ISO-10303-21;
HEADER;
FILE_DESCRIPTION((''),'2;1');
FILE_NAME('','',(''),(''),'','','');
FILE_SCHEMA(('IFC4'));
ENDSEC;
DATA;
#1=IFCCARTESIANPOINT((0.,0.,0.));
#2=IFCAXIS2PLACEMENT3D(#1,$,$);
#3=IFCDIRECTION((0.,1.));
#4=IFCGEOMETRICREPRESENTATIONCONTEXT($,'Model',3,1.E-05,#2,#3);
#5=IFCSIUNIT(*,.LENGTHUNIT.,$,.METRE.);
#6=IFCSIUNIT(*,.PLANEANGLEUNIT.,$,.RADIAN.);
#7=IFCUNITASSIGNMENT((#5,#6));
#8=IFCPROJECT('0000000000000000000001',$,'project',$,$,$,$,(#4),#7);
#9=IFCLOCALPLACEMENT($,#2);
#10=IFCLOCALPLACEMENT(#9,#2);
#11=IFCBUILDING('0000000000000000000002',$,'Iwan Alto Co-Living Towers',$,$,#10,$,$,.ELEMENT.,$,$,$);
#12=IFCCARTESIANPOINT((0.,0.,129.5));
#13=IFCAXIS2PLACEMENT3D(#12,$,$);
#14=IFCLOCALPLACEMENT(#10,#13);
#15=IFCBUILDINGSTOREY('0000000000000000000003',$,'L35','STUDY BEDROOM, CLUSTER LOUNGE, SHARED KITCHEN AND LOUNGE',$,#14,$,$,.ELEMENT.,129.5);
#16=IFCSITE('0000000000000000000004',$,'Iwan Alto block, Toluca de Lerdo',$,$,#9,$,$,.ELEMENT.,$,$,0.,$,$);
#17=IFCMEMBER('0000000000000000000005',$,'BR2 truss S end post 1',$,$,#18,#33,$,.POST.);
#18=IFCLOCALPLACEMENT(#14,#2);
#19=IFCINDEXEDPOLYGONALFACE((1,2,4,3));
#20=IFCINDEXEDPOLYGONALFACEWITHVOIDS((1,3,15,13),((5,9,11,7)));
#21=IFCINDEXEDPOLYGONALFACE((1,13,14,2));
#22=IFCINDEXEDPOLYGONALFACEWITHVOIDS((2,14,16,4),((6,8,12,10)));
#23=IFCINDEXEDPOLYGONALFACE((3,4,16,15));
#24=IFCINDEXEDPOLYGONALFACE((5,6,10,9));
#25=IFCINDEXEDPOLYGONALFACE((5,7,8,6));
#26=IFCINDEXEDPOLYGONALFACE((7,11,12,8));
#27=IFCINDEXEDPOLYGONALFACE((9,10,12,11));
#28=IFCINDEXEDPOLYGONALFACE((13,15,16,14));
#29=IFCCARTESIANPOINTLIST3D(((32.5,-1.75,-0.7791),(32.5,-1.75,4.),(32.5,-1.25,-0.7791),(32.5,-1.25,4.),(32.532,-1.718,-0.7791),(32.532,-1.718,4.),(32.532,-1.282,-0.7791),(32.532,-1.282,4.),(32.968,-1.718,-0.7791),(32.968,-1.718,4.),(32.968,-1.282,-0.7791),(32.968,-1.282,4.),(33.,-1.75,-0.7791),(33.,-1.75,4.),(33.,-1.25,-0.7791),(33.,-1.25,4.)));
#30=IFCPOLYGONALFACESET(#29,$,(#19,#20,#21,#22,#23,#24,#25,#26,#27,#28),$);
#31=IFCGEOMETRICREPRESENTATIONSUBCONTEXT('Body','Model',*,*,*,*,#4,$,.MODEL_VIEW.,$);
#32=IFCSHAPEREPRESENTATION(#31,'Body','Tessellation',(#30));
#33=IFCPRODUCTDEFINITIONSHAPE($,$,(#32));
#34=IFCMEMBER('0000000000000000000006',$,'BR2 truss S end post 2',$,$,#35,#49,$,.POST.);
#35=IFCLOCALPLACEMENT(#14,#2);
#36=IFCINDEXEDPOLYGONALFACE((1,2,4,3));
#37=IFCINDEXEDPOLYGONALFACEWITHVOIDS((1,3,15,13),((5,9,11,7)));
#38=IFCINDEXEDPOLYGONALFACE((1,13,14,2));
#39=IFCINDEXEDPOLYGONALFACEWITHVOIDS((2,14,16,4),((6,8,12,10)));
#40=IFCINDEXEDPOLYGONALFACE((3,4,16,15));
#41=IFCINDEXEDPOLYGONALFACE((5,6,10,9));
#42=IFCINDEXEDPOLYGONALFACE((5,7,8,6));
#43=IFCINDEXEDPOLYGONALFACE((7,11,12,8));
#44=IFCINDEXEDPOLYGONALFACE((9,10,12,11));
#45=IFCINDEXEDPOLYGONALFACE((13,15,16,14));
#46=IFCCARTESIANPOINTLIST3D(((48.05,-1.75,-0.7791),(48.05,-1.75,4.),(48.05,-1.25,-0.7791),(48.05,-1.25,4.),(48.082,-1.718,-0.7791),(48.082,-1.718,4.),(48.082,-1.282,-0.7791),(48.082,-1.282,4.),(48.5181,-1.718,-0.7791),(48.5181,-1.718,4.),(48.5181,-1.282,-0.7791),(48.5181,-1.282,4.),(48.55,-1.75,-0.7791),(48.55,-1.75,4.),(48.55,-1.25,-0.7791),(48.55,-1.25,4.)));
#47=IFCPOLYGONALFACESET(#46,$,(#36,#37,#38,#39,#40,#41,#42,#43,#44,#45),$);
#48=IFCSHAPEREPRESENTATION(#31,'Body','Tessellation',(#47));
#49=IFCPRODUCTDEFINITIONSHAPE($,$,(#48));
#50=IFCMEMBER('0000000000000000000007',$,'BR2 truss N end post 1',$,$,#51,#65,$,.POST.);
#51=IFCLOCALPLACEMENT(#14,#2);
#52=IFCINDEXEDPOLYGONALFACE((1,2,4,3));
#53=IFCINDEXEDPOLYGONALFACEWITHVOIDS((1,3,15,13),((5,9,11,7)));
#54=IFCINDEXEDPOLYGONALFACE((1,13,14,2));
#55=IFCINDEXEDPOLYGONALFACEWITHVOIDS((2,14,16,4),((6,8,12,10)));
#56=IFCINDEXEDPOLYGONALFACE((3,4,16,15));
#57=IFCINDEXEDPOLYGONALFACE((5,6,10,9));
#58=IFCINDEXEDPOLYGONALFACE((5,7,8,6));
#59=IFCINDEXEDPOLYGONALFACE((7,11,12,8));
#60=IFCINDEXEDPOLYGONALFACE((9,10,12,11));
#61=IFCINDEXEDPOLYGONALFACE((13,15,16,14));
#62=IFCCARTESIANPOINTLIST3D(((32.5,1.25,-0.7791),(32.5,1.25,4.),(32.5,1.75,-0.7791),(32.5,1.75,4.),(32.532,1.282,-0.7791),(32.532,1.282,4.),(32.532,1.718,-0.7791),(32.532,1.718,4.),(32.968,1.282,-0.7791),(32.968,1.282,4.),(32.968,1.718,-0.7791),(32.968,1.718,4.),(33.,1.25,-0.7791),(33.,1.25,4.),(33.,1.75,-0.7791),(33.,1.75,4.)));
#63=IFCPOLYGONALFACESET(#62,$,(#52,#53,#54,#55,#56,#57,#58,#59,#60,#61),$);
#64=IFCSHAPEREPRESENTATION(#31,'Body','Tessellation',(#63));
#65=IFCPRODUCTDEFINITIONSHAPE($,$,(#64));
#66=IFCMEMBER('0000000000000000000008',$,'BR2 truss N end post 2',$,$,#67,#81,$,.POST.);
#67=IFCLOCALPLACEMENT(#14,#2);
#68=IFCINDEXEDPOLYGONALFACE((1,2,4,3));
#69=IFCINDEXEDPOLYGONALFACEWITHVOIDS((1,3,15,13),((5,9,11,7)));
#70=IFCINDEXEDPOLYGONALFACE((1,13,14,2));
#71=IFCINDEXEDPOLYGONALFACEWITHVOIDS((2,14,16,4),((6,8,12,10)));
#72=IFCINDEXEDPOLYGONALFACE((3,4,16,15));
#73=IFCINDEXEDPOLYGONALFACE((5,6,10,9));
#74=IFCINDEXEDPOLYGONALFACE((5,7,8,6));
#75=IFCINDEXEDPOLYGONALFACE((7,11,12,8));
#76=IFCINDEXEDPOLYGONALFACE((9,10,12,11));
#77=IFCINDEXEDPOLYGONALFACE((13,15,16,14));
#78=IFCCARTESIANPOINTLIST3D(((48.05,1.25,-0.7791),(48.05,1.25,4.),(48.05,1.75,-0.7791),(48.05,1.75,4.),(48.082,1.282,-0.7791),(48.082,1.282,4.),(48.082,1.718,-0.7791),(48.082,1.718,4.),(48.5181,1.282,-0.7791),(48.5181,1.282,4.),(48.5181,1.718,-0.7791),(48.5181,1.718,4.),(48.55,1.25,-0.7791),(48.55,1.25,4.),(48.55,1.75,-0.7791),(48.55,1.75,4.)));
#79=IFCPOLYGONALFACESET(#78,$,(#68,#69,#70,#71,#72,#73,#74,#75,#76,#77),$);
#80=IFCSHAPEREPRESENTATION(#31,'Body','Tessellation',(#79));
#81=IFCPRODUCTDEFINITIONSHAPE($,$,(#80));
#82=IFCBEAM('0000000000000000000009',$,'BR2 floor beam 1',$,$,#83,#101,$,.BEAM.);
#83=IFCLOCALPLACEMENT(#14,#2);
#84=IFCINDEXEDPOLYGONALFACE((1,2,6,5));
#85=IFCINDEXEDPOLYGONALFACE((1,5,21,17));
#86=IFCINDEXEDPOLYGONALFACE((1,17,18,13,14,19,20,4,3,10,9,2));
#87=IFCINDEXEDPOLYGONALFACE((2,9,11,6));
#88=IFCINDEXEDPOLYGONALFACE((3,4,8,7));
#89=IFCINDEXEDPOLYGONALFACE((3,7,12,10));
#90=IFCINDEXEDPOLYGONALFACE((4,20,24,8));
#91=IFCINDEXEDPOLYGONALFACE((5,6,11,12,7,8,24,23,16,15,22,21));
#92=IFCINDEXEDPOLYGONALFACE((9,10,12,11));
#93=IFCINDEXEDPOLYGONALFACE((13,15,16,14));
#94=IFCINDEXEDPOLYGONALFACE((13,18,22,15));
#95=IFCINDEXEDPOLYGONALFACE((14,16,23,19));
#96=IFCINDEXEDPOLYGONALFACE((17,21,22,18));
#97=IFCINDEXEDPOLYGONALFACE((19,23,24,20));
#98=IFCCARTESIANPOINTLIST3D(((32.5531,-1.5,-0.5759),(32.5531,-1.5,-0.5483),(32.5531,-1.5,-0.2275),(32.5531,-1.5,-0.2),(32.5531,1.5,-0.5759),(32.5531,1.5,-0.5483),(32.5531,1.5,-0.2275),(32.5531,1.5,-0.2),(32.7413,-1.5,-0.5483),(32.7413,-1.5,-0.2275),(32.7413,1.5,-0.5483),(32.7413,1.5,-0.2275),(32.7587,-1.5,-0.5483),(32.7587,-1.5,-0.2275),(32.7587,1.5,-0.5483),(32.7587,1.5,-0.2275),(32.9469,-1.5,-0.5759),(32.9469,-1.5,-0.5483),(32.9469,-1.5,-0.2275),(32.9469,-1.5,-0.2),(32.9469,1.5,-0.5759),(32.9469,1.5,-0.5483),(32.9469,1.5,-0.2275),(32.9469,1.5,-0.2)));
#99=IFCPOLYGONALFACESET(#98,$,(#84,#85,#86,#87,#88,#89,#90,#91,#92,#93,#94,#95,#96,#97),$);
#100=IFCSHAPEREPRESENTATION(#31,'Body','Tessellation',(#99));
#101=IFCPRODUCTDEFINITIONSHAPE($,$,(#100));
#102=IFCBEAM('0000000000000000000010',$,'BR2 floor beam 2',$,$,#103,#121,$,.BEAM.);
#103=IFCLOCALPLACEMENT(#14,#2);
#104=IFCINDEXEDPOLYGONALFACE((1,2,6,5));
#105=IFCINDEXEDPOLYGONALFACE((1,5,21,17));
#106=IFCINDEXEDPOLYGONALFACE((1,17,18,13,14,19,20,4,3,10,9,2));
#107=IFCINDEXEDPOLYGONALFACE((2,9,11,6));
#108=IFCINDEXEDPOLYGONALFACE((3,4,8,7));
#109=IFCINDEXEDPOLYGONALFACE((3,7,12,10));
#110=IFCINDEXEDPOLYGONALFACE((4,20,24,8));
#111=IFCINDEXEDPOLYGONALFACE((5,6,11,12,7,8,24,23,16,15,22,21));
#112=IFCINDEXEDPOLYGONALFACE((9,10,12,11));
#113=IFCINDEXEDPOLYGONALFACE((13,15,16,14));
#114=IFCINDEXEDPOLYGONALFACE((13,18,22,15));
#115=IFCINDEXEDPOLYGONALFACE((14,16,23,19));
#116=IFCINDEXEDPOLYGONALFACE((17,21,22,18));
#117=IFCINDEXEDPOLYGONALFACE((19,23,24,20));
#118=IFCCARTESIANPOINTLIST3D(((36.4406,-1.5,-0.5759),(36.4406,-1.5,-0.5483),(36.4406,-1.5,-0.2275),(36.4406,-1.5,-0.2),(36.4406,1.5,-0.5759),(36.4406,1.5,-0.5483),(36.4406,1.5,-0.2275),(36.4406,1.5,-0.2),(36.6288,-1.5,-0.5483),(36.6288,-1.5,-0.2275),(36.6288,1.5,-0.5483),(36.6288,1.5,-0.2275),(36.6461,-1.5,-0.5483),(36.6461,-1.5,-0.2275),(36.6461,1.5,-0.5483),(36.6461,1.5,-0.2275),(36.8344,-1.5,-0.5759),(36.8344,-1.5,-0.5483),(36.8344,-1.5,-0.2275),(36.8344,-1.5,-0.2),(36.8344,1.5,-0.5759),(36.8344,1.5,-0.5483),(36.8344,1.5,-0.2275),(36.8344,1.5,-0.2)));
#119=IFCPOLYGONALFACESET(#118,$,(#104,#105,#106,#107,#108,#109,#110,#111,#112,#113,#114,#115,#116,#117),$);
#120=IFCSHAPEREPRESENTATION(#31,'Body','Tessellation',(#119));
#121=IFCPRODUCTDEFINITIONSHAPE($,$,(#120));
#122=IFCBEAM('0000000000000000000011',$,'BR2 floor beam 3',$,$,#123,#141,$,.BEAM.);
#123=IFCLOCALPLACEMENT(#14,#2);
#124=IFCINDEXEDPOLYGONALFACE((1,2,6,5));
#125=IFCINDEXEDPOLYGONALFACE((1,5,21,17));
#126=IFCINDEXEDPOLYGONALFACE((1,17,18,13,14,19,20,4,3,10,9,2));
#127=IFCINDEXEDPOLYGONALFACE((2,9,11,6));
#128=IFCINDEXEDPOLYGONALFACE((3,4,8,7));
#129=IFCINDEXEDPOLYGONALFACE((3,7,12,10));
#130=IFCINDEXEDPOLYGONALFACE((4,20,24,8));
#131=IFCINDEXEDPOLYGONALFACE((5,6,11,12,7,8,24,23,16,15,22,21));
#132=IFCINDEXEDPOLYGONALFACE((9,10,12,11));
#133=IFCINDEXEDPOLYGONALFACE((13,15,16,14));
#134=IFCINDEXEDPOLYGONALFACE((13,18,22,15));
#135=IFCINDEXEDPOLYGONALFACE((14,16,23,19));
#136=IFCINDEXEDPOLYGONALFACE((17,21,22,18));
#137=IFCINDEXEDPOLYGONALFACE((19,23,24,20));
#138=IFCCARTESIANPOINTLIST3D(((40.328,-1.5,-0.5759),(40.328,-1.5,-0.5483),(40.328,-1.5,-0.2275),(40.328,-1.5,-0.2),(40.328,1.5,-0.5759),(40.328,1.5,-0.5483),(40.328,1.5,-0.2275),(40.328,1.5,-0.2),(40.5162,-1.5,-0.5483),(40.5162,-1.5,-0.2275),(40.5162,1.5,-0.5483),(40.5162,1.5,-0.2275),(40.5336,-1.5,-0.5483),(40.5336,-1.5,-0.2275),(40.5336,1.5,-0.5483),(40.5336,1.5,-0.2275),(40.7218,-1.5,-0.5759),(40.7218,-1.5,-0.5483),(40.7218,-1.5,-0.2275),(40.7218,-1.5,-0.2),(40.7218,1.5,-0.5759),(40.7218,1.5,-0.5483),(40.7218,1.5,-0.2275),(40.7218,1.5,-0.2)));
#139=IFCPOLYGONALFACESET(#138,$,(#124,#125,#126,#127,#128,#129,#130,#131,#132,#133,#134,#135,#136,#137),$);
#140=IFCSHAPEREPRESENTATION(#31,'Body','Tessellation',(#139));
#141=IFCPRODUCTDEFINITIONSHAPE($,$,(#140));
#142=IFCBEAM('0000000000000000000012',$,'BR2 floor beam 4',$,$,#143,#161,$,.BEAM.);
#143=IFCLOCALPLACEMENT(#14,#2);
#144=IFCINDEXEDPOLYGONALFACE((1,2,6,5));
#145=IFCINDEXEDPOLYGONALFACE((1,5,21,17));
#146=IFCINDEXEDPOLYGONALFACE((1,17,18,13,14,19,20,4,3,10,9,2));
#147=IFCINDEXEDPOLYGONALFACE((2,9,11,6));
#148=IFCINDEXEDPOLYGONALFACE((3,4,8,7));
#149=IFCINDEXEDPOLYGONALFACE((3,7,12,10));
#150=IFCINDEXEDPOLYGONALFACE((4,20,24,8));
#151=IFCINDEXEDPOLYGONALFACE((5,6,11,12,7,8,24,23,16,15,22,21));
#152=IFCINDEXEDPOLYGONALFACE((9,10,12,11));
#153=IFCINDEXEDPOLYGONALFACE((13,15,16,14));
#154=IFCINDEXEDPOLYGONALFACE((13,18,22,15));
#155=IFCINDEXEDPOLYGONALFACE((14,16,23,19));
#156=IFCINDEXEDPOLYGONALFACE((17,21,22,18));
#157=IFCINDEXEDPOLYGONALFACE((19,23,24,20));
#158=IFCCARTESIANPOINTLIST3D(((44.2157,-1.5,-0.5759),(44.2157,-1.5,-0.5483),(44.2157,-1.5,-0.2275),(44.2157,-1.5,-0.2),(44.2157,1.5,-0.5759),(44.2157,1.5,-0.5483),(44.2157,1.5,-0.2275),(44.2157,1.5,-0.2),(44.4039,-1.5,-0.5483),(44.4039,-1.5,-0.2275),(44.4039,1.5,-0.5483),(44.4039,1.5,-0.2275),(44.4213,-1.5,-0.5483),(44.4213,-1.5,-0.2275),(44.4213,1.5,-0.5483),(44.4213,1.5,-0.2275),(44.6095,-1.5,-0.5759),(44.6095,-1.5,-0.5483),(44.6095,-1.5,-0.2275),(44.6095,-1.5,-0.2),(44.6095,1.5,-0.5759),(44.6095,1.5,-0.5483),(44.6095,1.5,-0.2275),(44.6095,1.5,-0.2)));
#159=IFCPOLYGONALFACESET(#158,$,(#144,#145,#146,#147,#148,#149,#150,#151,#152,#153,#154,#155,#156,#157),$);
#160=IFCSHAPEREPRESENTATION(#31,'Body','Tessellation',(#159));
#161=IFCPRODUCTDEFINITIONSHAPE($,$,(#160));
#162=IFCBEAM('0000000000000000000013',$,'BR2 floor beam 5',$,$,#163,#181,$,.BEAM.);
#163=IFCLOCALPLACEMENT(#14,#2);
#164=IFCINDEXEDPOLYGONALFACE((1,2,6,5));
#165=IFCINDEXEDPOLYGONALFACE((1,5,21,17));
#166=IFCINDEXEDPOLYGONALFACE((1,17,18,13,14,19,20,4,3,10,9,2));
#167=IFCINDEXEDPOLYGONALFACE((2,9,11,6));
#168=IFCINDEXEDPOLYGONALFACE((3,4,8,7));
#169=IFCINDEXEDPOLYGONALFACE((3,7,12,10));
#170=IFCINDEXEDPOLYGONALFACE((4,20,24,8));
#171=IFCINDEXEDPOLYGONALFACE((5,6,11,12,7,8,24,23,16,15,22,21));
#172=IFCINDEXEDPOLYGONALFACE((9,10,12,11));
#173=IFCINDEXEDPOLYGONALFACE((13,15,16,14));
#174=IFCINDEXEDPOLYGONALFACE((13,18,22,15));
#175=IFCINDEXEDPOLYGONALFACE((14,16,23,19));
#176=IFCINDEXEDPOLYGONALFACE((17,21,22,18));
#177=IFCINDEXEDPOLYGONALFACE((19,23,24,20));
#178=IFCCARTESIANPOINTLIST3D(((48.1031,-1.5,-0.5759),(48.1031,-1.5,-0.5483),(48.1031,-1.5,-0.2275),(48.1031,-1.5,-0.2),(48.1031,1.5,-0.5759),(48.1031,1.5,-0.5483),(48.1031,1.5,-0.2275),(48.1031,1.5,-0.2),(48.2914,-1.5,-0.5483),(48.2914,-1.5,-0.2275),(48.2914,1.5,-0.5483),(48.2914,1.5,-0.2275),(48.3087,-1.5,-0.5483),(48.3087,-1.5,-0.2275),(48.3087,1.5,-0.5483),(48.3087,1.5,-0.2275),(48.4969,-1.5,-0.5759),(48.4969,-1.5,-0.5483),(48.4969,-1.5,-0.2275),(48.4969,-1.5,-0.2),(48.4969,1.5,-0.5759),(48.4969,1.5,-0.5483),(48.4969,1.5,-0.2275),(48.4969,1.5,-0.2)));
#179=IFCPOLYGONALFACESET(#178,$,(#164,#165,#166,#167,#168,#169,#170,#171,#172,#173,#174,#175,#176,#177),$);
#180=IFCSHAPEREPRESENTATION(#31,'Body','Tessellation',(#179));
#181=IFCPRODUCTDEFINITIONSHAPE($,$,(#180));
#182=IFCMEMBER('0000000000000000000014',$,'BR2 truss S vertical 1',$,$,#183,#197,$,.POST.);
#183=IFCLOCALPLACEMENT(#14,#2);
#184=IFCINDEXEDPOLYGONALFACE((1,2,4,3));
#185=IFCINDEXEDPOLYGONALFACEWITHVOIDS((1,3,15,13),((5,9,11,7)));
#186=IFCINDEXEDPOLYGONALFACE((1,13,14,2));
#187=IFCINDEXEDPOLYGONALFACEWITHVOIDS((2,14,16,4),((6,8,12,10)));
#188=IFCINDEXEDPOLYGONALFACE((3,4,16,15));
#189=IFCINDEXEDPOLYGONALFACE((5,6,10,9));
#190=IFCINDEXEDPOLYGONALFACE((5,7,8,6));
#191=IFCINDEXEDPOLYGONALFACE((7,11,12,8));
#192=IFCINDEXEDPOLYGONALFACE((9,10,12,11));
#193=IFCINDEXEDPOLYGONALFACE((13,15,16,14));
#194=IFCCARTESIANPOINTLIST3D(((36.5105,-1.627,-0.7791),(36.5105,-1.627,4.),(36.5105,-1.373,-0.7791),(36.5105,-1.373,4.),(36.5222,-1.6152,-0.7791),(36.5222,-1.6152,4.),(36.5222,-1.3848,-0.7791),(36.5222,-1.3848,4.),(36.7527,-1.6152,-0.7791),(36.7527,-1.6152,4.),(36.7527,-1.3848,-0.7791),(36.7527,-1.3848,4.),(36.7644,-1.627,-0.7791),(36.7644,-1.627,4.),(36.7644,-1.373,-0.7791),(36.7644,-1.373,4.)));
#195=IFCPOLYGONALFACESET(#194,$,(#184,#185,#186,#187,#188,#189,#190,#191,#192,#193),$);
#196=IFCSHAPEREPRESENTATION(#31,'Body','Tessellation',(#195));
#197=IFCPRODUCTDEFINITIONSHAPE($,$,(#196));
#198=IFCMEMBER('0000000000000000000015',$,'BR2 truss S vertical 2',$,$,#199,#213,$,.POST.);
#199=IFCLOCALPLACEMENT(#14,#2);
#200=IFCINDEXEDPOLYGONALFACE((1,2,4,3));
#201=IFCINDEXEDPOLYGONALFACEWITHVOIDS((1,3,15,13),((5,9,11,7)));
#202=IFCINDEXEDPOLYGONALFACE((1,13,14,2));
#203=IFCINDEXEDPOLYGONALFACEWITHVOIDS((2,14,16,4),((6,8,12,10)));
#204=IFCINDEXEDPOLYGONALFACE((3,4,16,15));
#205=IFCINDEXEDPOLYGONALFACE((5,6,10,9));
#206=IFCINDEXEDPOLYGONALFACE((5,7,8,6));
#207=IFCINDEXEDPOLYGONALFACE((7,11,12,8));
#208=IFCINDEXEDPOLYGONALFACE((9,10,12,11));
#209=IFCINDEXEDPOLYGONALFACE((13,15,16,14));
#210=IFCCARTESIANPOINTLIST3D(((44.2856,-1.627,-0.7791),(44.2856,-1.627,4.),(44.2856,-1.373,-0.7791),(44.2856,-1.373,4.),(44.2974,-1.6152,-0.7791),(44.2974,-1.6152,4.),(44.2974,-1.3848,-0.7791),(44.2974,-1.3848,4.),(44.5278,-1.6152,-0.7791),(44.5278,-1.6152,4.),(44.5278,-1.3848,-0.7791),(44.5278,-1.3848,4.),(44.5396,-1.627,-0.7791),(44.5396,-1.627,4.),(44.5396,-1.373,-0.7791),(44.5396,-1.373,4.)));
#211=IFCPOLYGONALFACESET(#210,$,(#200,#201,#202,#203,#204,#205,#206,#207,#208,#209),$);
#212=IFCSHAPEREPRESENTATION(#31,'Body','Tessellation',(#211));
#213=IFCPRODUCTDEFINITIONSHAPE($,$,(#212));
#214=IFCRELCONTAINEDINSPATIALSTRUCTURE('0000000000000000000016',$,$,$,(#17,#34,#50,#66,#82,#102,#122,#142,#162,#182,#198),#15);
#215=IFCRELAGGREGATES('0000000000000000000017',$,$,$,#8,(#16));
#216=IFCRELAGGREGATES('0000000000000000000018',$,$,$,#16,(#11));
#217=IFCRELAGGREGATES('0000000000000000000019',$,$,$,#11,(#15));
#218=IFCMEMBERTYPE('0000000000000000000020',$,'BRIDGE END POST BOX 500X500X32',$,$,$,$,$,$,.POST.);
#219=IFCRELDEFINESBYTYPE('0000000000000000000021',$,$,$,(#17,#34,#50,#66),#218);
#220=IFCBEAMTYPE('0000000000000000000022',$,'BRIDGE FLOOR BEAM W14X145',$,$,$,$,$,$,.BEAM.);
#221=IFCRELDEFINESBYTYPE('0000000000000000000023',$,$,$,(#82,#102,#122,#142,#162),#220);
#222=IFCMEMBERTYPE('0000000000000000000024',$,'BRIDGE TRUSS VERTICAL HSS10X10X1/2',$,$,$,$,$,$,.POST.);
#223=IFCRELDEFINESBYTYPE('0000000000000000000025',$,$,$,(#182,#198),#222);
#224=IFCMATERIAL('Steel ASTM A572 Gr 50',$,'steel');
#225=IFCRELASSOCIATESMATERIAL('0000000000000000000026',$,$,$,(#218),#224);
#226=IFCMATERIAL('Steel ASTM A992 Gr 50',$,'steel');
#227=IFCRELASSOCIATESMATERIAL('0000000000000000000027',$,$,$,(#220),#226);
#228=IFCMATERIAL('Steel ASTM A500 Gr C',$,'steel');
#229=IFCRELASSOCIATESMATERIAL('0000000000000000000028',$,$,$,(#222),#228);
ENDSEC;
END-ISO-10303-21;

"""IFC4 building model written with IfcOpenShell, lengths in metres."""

from ifc_helpers import new_model, si_unit, direction, frame, origin, origin_2d, place, context, subcontext, project, spatial, hollow_rectangle, i_section, extrude, material, material_profile, profile_set, type_object, element, save


model = new_model("IFC4")

# Units and contexts
model_context = context("Model", 3, precision=1e-05, world=origin(), true_north=direction((0.0, 1.0)))
body_context = subcontext(model_context, "Body", "Model", "MODEL_VIEW")
ifc_project = project(units=[si_unit("LENGTHUNIT", "METRE"), si_unit("PLANEANGLEUNIT", "RADIAN")], contexts=[model_context])

# Site, building, storey
site_placement = place(None, origin())
site = spatial("IfcSite", under=ifc_project, at=site_placement, Name="Iwan Alto block, Toluca de Lerdo", CompositionType="ELEMENT", RefElevation=0.0)
building_placement = place(site_placement, origin())
building = spatial("IfcBuilding", under=site, at=building_placement, Name="Iwan Alto Co-Living Towers", CompositionType="ELEMENT")
storey_placement = place(building_placement, frame((0.0, 0.0, 129.5)))
storey = spatial("IfcBuildingStorey", under=building, at=storey_placement, Name="L35", Description="STUDY BEDROOM, CLUSTER LOUNGE, SHARED KITCHEN AND LOUNGE", CompositionType="ELEMENT", Elevation=129.5)

# Members
ifc_material_1 = material(Name="Steel ASTM A572 Gr 50", Category="steel")
ifc_material_profile_1 = material_profile(ifc_material_1, hollow_rectangle(XDim=0.5, YDim=0.5, WallThickness=0.032, at=origin_2d()), Name="BOX 500X500X32")
ifc_profile_set_1 = profile_set([ifc_material_profile_1], Name="Steel ASTM A572 Gr 50")
member_type_1 = type_object("IfcMemberType", Name="BRIDGE END POST BOX 500X500X32", PredefinedType="POST", material=ifc_profile_set_1)
for number, where, z_axis, x_axis, name in (
    (1, (32.75, -1.5, -0.7791), (0.0, 0.0, 1.0), (1.0, 0.0, 0.0), "BR2 truss S end post 1"),
    (2, (48.3, -1.5, -0.7791), (0.0, 0.0, 1.0), (1.0, 0.0, 0.0), "BR2 truss S end post 2"),
    (3, (32.75, 1.5, -0.7791), (0.0, 0.0, 1.0), (1.0, 0.0, 0.0), "BR2 truss N end post 1"),
    (4, (48.3, 1.5, -0.7791), (0.0, 0.0, 1.0), (1.0, 0.0, 0.0), "BR2 truss N end post 2"),
):
    element("IfcMember", number, at=place(storey_placement, frame(where, z_axis=z_axis, x_axis=x_axis)), inside=storey, type_object=member_type_1, Name=name, PredefinedType="POST", context=body_context, shape_type="SweptSolid", body=[
        extrude(hollow_rectangle(XDim=0.5, YDim=0.5, WallThickness=0.032, at=origin_2d()), origin(), (0.0, 0.0, 1.0), 4.7791),
    ])

# Beams
ifc_material_2 = material(Name="Steel ASTM A992 Gr 50", Category="steel")
ifc_material_profile_2 = material_profile(ifc_material_2, i_section(OverallWidth=0.3938, OverallDepth=0.376, WebThickness=0.0173, FlangeThickness=0.0276, at=origin_2d()), Name="W14X145")
ifc_profile_set_2 = profile_set([ifc_material_profile_2], Name="Steel ASTM A992 Gr 50")
beam_type = type_object("IfcBeamType", Name="BRIDGE FLOOR BEAM W14X145", PredefinedType="BEAM", material=ifc_profile_set_2)
for number, where, z_axis, x_axis, name in (
    (5, (32.75, -1.5, -0.3879), (0.0, 1.0, 0.0), (-1.0, 0.0, 0.0), "BR2 floor beam 1"),
    (6, (36.6375, -1.5, -0.3879), (0.0, 1.0, 0.0), (-1.0, 0.0, 0.0), "BR2 floor beam 2"),
    (7, (40.5249, -1.5, -0.3879), (0.0, 1.0, 0.0), (-1.0, 0.0, 0.0), "BR2 floor beam 3"),
    (8, (44.4126, -1.5, -0.3879), (0.0, 1.0, 0.0), (-1.0, 0.0, 0.0), "BR2 floor beam 4"),
    (9, (48.3, -1.5, -0.3879), (0.0, 1.0, 0.0), (-1.0, 0.0, 0.0), "BR2 floor beam 5"),
):
    element("IfcBeam", number, at=place(storey_placement, frame(where, z_axis=z_axis, x_axis=x_axis)), inside=storey, type_object=beam_type, Name=name, PredefinedType="BEAM", context=body_context, shape_type="SweptSolid", body=[
        extrude(i_section(OverallWidth=0.3938, OverallDepth=0.376, WebThickness=0.0173, FlangeThickness=0.0276, at=origin_2d()), origin(), (0.0, 0.0, 1.0), 3.0),
    ])

# Members
ifc_material_3 = material(Name="Steel ASTM A500 Gr C", Category="steel")
ifc_material_profile_3 = material_profile(ifc_material_3, hollow_rectangle(XDim=0.2539, YDim=0.2539, WallThickness=0.0117, at=origin_2d()), Name="HSS10X10X1/2")
ifc_profile_set_3 = profile_set([ifc_material_profile_3], Name="Steel ASTM A500 Gr C")
member_type_2 = type_object("IfcMemberType", Name="BRIDGE TRUSS VERTICAL HSS10X10X1/2", PredefinedType="POST", material=ifc_profile_set_3)
for number, where, z_axis, x_axis, name in (
    (10, (36.6375, -1.5, -0.7791), (0.0, 0.0, 1.0), (1.0, 0.0, 0.0), "BR2 truss S vertical 1"),
    (11, (44.4126, -1.5, -0.7791), (0.0, 0.0, 1.0), (1.0, 0.0, 0.0), "BR2 truss S vertical 2"),
):
    element("IfcMember", number, at=place(storey_placement, frame(where, z_axis=z_axis, x_axis=x_axis)), inside=storey, type_object=member_type_2, Name=name, PredefinedType="POST", context=body_context, shape_type="SweptSolid", body=[
        extrude(hollow_rectangle(XDim=0.2539, YDim=0.2539, WallThickness=0.0117, at=origin_2d()), origin(), (0.0, 0.0, 1.0), 4.7791),
    ])

save(model, "model.ifc")
